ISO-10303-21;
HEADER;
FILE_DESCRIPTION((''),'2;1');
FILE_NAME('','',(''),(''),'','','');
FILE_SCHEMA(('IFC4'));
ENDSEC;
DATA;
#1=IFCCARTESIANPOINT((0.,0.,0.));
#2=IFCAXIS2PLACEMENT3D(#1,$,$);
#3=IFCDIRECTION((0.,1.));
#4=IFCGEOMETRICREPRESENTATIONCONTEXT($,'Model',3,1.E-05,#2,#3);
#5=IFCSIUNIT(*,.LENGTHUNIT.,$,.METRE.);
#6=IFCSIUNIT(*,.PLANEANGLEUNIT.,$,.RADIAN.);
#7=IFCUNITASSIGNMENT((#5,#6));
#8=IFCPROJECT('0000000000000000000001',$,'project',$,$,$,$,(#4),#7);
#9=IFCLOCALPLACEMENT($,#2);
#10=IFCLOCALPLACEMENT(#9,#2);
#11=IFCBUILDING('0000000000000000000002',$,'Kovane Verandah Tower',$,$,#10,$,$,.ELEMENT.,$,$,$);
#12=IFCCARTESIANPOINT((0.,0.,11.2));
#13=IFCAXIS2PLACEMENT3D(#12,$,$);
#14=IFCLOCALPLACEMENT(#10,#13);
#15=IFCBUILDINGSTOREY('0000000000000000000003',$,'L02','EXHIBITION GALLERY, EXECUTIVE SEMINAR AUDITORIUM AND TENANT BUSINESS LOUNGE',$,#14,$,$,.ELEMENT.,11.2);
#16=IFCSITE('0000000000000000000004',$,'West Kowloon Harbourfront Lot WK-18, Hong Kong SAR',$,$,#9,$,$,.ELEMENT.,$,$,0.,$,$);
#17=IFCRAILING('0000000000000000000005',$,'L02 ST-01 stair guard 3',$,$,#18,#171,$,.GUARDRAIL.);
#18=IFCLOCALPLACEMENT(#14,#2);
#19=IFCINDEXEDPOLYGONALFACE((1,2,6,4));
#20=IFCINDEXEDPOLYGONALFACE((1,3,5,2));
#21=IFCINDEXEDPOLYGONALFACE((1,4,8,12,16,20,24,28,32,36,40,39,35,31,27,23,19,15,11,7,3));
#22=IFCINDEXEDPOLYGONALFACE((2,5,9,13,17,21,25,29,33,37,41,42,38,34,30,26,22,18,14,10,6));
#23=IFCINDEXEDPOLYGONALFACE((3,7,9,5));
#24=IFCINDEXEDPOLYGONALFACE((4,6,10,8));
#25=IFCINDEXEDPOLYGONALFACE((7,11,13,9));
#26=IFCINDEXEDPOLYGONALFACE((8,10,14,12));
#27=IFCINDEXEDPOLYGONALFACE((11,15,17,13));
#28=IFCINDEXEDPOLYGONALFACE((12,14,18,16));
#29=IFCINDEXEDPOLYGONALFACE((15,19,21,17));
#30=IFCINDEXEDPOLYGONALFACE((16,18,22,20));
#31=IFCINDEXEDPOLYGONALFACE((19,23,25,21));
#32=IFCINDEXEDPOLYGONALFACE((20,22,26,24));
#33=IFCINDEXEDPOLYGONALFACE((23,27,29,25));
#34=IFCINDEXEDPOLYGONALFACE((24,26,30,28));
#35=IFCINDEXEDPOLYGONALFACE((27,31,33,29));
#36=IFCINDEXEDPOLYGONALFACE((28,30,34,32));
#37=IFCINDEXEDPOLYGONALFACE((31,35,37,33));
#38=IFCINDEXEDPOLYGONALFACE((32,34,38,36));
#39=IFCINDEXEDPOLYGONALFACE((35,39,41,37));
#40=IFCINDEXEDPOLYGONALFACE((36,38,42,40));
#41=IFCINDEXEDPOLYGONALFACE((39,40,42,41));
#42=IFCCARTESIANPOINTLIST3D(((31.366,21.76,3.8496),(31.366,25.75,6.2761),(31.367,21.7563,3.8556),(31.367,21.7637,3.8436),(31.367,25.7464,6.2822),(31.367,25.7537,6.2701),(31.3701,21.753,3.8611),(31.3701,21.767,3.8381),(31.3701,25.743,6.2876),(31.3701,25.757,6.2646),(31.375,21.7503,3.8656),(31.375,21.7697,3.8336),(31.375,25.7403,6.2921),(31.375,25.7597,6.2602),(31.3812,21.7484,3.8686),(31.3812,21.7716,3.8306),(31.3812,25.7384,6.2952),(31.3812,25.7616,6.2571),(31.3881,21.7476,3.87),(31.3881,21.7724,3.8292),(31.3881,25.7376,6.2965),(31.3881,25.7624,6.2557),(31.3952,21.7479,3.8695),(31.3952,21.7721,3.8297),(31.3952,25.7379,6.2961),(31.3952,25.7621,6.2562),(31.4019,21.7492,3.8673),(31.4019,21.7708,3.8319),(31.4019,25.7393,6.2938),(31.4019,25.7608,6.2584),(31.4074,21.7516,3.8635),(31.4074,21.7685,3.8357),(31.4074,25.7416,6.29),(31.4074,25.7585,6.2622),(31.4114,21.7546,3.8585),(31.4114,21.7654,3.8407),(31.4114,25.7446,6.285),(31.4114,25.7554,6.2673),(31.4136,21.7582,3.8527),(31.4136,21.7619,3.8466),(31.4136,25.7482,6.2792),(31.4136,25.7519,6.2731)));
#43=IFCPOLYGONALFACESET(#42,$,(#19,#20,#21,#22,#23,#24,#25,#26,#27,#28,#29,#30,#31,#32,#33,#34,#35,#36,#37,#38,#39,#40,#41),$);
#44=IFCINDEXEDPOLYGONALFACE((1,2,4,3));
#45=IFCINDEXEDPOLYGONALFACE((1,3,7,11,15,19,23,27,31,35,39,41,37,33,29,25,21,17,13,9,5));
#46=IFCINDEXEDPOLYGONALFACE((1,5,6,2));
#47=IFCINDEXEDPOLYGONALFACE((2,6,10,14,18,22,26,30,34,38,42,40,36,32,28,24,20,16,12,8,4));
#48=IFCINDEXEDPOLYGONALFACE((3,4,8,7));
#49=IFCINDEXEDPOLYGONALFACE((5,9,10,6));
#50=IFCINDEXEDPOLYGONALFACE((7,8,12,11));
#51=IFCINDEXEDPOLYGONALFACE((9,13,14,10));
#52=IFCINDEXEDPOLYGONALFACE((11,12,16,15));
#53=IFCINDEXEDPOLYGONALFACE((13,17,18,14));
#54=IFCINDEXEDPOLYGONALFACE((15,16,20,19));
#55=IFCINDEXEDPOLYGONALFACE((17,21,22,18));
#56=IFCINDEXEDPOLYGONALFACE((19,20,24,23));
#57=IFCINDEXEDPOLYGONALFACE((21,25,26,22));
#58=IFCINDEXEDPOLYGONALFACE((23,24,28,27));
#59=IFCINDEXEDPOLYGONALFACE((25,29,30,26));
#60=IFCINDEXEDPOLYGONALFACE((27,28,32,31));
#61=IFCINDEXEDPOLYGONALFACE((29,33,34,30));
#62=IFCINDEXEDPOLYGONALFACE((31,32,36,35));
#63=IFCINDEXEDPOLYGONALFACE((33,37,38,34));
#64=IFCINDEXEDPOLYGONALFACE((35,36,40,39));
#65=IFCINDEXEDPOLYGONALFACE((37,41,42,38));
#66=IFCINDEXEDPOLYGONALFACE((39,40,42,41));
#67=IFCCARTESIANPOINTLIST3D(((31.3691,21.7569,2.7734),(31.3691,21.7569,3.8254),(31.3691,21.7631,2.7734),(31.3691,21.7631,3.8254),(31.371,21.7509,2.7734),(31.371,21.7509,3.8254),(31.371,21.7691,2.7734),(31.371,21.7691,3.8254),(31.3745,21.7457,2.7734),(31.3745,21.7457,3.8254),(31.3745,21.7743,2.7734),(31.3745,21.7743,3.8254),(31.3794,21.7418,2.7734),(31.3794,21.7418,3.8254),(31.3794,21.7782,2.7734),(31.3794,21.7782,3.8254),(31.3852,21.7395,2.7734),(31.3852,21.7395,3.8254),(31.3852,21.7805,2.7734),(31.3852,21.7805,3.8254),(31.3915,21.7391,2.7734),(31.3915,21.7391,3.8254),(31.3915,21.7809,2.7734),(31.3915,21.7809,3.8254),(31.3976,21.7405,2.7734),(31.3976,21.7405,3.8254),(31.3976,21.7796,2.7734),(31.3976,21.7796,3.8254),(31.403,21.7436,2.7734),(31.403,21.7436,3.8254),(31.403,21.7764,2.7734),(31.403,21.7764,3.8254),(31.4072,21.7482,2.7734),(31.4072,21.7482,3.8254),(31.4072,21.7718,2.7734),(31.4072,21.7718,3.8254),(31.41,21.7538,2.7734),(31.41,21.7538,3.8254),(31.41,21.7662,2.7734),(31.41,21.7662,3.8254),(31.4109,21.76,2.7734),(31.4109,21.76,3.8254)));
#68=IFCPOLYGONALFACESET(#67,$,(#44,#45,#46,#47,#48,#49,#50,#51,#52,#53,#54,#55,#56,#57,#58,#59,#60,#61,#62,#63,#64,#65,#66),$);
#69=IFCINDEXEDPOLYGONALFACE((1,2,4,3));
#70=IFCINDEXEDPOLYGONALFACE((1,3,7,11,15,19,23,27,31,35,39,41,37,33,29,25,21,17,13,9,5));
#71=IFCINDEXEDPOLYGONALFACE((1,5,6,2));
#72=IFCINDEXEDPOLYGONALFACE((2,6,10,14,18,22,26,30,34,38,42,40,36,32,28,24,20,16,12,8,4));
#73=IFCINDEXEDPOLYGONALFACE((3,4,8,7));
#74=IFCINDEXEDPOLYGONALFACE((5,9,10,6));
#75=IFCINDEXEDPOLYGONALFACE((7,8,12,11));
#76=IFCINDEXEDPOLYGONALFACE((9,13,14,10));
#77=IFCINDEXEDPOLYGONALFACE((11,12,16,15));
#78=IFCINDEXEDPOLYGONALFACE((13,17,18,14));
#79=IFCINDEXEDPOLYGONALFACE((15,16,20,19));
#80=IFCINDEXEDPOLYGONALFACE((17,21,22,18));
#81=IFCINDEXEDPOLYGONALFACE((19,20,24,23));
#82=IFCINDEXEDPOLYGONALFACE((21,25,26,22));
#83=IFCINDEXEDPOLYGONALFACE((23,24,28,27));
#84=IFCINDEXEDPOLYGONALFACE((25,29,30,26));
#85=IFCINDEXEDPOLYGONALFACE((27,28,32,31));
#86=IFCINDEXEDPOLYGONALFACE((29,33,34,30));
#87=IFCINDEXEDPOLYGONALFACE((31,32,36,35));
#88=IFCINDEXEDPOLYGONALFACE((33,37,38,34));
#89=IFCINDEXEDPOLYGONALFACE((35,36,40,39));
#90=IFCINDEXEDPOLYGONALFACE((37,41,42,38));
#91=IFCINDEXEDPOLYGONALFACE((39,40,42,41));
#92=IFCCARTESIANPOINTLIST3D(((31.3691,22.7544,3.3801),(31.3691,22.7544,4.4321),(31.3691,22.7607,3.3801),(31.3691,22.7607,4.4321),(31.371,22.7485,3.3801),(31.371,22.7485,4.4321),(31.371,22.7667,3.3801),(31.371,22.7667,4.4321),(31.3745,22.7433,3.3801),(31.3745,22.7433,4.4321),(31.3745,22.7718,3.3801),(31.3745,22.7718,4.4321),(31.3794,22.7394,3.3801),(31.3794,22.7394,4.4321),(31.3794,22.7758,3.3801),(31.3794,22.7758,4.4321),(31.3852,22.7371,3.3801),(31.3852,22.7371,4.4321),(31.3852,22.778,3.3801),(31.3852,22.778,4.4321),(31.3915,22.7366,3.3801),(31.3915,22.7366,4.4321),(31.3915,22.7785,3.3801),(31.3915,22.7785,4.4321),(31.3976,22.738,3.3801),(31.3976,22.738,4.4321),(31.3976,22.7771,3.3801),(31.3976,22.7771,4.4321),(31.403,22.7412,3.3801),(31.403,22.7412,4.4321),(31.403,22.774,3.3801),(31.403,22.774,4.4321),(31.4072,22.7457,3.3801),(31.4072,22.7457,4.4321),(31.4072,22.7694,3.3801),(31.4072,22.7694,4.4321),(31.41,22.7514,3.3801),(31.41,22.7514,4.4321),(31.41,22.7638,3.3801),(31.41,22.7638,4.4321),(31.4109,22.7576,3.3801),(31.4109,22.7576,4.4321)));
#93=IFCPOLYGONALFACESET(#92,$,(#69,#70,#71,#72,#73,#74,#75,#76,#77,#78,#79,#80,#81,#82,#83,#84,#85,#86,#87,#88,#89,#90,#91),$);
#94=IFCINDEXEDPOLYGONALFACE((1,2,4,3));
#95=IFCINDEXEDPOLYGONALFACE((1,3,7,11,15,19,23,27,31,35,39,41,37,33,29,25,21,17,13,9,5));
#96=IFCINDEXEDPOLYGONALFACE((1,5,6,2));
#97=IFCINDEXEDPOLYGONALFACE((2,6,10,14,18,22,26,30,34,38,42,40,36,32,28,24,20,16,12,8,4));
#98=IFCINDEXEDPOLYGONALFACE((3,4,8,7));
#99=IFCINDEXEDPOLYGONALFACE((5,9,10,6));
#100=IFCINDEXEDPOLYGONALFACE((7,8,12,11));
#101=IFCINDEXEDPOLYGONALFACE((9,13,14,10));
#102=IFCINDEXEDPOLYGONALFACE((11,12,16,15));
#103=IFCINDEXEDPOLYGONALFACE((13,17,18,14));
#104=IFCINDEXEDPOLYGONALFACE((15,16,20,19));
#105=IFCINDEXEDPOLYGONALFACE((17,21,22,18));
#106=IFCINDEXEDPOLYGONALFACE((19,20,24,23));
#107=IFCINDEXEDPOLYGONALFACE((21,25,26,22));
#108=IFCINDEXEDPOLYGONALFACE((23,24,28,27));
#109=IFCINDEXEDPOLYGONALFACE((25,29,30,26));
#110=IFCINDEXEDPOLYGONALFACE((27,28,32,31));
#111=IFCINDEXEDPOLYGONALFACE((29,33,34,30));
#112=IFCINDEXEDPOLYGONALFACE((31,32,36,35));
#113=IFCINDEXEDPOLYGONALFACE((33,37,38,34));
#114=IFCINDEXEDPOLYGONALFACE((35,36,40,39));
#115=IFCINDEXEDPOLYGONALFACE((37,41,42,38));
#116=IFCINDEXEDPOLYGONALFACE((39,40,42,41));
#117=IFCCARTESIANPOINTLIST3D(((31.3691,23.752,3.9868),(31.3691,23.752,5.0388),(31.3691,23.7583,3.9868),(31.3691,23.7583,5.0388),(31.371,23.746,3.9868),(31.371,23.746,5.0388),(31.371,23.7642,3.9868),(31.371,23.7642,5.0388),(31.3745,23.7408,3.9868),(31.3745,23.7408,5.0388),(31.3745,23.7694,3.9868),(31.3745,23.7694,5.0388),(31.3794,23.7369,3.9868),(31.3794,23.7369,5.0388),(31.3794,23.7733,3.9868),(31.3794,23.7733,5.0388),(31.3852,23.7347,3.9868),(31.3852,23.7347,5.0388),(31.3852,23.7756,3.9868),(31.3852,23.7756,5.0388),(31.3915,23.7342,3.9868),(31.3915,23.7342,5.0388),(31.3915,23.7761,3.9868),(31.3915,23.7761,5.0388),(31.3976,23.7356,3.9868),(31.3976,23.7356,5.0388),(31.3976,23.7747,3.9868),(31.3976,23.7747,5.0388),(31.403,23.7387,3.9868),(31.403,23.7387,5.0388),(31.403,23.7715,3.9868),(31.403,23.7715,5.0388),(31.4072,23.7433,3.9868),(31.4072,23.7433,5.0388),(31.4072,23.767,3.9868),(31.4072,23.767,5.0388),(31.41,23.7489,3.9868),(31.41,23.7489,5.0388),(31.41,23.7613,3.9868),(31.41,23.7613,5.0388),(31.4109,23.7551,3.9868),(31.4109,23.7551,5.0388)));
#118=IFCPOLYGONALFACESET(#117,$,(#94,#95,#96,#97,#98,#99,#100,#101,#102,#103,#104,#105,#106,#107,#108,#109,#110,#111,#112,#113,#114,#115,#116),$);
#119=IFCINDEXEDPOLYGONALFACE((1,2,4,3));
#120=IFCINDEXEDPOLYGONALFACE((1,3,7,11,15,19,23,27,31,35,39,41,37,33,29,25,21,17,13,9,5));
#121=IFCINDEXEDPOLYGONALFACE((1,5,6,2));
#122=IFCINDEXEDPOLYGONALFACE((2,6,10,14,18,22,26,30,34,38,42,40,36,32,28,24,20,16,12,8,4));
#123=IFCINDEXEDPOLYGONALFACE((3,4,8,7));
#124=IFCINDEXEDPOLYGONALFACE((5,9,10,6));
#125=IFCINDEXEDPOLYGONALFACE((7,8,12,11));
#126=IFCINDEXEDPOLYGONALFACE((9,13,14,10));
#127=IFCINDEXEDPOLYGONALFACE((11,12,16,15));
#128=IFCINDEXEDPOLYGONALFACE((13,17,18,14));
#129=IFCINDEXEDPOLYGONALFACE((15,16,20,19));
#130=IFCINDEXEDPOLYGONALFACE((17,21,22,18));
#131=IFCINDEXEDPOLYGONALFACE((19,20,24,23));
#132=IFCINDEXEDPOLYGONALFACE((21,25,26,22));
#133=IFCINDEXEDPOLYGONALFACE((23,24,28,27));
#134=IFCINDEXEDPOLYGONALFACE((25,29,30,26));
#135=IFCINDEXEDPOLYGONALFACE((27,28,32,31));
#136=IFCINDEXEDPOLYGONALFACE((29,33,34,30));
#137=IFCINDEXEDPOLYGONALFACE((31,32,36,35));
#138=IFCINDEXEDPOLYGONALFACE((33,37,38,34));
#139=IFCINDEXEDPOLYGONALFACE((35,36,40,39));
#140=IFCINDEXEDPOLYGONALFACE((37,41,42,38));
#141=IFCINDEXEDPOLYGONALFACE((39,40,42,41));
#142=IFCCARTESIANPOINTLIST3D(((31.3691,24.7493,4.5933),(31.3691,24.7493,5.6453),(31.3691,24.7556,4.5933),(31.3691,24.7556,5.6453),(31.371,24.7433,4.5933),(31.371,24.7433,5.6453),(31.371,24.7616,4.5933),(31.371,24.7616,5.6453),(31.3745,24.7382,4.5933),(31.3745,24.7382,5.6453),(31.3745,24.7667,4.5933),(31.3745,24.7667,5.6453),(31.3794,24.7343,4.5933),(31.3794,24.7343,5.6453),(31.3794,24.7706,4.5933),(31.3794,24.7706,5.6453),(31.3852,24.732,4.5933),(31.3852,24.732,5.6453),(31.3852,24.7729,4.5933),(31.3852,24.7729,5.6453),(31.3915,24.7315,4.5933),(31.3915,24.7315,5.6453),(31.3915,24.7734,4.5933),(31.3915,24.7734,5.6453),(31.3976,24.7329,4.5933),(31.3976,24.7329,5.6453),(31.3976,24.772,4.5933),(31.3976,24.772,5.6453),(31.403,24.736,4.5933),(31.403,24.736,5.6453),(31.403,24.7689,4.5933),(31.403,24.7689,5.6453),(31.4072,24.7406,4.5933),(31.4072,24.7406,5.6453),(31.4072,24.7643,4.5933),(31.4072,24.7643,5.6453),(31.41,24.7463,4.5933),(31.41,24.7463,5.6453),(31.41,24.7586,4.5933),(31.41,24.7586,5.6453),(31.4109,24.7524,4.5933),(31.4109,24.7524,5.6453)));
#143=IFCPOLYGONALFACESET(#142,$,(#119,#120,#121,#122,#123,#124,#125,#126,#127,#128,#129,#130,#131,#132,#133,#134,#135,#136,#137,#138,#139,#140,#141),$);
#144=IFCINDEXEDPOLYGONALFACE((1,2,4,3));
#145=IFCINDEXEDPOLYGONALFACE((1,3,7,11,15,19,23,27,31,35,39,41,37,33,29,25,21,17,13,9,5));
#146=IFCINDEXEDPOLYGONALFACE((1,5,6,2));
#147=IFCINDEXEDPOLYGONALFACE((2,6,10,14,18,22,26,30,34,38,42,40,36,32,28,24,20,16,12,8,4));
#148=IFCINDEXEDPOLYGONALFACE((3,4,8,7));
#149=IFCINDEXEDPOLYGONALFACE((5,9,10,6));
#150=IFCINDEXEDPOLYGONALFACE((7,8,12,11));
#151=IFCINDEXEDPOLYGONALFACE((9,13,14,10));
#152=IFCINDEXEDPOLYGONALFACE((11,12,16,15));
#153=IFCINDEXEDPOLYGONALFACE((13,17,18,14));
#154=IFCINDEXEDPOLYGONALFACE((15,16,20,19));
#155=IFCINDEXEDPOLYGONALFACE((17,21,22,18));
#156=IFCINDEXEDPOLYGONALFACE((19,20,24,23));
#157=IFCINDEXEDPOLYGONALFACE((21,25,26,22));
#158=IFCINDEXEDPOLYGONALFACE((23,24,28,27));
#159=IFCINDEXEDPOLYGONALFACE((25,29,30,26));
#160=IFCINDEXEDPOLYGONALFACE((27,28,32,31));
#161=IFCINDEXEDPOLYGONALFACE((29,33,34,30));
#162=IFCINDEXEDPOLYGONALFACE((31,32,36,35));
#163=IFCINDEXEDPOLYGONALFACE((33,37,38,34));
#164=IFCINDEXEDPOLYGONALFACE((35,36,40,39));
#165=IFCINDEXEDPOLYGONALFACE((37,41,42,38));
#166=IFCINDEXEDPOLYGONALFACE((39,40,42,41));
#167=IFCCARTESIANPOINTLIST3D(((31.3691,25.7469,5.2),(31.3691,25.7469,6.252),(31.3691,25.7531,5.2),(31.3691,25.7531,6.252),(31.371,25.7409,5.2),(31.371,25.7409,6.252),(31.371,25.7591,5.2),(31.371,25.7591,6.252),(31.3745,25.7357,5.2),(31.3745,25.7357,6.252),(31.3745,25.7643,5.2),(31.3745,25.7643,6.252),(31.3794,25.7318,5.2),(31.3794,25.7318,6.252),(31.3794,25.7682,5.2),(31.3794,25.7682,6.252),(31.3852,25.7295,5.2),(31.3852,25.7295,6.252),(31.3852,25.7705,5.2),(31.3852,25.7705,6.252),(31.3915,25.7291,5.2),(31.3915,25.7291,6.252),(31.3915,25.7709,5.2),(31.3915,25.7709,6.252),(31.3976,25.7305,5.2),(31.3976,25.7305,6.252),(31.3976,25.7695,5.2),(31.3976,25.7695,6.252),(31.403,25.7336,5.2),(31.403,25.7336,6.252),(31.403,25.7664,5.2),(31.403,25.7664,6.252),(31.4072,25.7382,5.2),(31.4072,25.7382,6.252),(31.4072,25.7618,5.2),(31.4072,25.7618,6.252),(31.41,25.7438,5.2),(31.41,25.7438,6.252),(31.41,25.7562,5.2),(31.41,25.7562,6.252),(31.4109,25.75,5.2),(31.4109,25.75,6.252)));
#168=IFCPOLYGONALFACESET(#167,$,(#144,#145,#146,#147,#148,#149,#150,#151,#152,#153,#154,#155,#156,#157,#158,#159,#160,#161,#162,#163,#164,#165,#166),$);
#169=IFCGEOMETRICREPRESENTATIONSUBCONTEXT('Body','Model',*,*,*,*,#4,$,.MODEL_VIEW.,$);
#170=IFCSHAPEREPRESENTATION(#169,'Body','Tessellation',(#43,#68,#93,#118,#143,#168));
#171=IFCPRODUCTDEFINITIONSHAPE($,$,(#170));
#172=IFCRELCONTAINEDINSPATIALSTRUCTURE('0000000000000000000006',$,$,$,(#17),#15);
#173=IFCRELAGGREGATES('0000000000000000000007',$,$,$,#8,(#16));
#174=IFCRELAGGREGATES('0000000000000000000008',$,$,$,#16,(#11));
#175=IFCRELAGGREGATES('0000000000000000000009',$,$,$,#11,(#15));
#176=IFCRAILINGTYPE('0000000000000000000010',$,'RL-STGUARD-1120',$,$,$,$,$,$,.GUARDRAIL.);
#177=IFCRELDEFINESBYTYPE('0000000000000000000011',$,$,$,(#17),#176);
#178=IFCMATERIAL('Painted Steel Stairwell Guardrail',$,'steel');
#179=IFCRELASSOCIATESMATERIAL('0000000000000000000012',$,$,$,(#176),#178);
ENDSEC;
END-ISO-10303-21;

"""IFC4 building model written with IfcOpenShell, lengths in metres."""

from ifc_helpers import new_model, si_unit, direction, frame, origin, origin_2d, place, context, subcontext, project, spatial, circle, extrude, material, type_object, element, save


model = new_model("IFC4")

# Units and contexts
model_context = context("Model", 3, precision=1e-05, world=origin(), true_north=direction((0.0, 1.0)))
body_context = subcontext(model_context, "Body", "Model", "MODEL_VIEW")
ifc_project = project(units=[si_unit("LENGTHUNIT", "METRE"), si_unit("PLANEANGLEUNIT", "RADIAN")], contexts=[model_context])

# Site, building, storey
site_placement = place(None, origin())
site = spatial("IfcSite", under=ifc_project, at=site_placement, Name="West Kowloon Harbourfront Lot WK-18, Hong Kong SAR", CompositionType="ELEMENT", RefElevation=0.0)
building_placement = place(site_placement, origin())
building = spatial("IfcBuilding", under=site, at=building_placement, Name="Kovane Verandah Tower", CompositionType="ELEMENT")
storey_placement = place(building_placement, frame((0.0, 0.0, 11.2)))
storey = spatial("IfcBuildingStorey", under=building, at=storey_placement, Name="L02", Description="EXHIBITION GALLERY, EXECUTIVE SEMINAR AUDITORIUM AND TENANT BUSINESS LOUNGE", CompositionType="ELEMENT", Elevation=11.2)

# Railing
ifc_material_1 = material(Name="Painted Steel Stairwell Guardrail", Category="steel")
railing_type_1 = type_object("IfcRailingType", Name="RL-STGUARD-1120", PredefinedType="GUARDRAIL", material=ifc_material_1)
railing_1_placement = place(storey_placement, frame((31.3899, 21.76, 2.7734)))
element("IfcRailing", 1, at=railing_1_placement, inside=storey, type_object=railing_type_1, Name="L02 ST-01 stair guard 3", PredefinedType="GUARDRAIL", context=body_context, shape_type="SweptSolid", body=[
    extrude(circle(Radius=0.0239, at=origin_2d()), frame((0.0, 0.0, 1.0762), z_axis=(0.0, 0.854405, 0.519607), x_axis=(-1.0, 0.0, 0.0)), (0.0, 0.0, 1.0), 4.6699),
    extrude(circle(Radius=0.021, at=origin_2d()), origin(), (0.0, 0.0, 1.0), 1.052),
    extrude(circle(Radius=0.021, at=origin_2d()), frame((0.0, 0.9976, 0.6067)), (0.0, 0.0, 1.0), 1.052),
    extrude(circle(Radius=0.021, at=origin_2d()), frame((0.0, 1.9951, 1.2134)), (0.0, 0.0, 1.0), 1.052),
    extrude(circle(Radius=0.021, at=origin_2d()), frame((0.0, 2.9924, 1.8198)), (0.0, 0.0, 1.0), 1.052),
    extrude(circle(Radius=0.021, at=origin_2d()), frame((0.0, 3.99, 2.4265)), (0.0, 0.0, 1.0), 1.052),
])

save(model, "model.ifc")
